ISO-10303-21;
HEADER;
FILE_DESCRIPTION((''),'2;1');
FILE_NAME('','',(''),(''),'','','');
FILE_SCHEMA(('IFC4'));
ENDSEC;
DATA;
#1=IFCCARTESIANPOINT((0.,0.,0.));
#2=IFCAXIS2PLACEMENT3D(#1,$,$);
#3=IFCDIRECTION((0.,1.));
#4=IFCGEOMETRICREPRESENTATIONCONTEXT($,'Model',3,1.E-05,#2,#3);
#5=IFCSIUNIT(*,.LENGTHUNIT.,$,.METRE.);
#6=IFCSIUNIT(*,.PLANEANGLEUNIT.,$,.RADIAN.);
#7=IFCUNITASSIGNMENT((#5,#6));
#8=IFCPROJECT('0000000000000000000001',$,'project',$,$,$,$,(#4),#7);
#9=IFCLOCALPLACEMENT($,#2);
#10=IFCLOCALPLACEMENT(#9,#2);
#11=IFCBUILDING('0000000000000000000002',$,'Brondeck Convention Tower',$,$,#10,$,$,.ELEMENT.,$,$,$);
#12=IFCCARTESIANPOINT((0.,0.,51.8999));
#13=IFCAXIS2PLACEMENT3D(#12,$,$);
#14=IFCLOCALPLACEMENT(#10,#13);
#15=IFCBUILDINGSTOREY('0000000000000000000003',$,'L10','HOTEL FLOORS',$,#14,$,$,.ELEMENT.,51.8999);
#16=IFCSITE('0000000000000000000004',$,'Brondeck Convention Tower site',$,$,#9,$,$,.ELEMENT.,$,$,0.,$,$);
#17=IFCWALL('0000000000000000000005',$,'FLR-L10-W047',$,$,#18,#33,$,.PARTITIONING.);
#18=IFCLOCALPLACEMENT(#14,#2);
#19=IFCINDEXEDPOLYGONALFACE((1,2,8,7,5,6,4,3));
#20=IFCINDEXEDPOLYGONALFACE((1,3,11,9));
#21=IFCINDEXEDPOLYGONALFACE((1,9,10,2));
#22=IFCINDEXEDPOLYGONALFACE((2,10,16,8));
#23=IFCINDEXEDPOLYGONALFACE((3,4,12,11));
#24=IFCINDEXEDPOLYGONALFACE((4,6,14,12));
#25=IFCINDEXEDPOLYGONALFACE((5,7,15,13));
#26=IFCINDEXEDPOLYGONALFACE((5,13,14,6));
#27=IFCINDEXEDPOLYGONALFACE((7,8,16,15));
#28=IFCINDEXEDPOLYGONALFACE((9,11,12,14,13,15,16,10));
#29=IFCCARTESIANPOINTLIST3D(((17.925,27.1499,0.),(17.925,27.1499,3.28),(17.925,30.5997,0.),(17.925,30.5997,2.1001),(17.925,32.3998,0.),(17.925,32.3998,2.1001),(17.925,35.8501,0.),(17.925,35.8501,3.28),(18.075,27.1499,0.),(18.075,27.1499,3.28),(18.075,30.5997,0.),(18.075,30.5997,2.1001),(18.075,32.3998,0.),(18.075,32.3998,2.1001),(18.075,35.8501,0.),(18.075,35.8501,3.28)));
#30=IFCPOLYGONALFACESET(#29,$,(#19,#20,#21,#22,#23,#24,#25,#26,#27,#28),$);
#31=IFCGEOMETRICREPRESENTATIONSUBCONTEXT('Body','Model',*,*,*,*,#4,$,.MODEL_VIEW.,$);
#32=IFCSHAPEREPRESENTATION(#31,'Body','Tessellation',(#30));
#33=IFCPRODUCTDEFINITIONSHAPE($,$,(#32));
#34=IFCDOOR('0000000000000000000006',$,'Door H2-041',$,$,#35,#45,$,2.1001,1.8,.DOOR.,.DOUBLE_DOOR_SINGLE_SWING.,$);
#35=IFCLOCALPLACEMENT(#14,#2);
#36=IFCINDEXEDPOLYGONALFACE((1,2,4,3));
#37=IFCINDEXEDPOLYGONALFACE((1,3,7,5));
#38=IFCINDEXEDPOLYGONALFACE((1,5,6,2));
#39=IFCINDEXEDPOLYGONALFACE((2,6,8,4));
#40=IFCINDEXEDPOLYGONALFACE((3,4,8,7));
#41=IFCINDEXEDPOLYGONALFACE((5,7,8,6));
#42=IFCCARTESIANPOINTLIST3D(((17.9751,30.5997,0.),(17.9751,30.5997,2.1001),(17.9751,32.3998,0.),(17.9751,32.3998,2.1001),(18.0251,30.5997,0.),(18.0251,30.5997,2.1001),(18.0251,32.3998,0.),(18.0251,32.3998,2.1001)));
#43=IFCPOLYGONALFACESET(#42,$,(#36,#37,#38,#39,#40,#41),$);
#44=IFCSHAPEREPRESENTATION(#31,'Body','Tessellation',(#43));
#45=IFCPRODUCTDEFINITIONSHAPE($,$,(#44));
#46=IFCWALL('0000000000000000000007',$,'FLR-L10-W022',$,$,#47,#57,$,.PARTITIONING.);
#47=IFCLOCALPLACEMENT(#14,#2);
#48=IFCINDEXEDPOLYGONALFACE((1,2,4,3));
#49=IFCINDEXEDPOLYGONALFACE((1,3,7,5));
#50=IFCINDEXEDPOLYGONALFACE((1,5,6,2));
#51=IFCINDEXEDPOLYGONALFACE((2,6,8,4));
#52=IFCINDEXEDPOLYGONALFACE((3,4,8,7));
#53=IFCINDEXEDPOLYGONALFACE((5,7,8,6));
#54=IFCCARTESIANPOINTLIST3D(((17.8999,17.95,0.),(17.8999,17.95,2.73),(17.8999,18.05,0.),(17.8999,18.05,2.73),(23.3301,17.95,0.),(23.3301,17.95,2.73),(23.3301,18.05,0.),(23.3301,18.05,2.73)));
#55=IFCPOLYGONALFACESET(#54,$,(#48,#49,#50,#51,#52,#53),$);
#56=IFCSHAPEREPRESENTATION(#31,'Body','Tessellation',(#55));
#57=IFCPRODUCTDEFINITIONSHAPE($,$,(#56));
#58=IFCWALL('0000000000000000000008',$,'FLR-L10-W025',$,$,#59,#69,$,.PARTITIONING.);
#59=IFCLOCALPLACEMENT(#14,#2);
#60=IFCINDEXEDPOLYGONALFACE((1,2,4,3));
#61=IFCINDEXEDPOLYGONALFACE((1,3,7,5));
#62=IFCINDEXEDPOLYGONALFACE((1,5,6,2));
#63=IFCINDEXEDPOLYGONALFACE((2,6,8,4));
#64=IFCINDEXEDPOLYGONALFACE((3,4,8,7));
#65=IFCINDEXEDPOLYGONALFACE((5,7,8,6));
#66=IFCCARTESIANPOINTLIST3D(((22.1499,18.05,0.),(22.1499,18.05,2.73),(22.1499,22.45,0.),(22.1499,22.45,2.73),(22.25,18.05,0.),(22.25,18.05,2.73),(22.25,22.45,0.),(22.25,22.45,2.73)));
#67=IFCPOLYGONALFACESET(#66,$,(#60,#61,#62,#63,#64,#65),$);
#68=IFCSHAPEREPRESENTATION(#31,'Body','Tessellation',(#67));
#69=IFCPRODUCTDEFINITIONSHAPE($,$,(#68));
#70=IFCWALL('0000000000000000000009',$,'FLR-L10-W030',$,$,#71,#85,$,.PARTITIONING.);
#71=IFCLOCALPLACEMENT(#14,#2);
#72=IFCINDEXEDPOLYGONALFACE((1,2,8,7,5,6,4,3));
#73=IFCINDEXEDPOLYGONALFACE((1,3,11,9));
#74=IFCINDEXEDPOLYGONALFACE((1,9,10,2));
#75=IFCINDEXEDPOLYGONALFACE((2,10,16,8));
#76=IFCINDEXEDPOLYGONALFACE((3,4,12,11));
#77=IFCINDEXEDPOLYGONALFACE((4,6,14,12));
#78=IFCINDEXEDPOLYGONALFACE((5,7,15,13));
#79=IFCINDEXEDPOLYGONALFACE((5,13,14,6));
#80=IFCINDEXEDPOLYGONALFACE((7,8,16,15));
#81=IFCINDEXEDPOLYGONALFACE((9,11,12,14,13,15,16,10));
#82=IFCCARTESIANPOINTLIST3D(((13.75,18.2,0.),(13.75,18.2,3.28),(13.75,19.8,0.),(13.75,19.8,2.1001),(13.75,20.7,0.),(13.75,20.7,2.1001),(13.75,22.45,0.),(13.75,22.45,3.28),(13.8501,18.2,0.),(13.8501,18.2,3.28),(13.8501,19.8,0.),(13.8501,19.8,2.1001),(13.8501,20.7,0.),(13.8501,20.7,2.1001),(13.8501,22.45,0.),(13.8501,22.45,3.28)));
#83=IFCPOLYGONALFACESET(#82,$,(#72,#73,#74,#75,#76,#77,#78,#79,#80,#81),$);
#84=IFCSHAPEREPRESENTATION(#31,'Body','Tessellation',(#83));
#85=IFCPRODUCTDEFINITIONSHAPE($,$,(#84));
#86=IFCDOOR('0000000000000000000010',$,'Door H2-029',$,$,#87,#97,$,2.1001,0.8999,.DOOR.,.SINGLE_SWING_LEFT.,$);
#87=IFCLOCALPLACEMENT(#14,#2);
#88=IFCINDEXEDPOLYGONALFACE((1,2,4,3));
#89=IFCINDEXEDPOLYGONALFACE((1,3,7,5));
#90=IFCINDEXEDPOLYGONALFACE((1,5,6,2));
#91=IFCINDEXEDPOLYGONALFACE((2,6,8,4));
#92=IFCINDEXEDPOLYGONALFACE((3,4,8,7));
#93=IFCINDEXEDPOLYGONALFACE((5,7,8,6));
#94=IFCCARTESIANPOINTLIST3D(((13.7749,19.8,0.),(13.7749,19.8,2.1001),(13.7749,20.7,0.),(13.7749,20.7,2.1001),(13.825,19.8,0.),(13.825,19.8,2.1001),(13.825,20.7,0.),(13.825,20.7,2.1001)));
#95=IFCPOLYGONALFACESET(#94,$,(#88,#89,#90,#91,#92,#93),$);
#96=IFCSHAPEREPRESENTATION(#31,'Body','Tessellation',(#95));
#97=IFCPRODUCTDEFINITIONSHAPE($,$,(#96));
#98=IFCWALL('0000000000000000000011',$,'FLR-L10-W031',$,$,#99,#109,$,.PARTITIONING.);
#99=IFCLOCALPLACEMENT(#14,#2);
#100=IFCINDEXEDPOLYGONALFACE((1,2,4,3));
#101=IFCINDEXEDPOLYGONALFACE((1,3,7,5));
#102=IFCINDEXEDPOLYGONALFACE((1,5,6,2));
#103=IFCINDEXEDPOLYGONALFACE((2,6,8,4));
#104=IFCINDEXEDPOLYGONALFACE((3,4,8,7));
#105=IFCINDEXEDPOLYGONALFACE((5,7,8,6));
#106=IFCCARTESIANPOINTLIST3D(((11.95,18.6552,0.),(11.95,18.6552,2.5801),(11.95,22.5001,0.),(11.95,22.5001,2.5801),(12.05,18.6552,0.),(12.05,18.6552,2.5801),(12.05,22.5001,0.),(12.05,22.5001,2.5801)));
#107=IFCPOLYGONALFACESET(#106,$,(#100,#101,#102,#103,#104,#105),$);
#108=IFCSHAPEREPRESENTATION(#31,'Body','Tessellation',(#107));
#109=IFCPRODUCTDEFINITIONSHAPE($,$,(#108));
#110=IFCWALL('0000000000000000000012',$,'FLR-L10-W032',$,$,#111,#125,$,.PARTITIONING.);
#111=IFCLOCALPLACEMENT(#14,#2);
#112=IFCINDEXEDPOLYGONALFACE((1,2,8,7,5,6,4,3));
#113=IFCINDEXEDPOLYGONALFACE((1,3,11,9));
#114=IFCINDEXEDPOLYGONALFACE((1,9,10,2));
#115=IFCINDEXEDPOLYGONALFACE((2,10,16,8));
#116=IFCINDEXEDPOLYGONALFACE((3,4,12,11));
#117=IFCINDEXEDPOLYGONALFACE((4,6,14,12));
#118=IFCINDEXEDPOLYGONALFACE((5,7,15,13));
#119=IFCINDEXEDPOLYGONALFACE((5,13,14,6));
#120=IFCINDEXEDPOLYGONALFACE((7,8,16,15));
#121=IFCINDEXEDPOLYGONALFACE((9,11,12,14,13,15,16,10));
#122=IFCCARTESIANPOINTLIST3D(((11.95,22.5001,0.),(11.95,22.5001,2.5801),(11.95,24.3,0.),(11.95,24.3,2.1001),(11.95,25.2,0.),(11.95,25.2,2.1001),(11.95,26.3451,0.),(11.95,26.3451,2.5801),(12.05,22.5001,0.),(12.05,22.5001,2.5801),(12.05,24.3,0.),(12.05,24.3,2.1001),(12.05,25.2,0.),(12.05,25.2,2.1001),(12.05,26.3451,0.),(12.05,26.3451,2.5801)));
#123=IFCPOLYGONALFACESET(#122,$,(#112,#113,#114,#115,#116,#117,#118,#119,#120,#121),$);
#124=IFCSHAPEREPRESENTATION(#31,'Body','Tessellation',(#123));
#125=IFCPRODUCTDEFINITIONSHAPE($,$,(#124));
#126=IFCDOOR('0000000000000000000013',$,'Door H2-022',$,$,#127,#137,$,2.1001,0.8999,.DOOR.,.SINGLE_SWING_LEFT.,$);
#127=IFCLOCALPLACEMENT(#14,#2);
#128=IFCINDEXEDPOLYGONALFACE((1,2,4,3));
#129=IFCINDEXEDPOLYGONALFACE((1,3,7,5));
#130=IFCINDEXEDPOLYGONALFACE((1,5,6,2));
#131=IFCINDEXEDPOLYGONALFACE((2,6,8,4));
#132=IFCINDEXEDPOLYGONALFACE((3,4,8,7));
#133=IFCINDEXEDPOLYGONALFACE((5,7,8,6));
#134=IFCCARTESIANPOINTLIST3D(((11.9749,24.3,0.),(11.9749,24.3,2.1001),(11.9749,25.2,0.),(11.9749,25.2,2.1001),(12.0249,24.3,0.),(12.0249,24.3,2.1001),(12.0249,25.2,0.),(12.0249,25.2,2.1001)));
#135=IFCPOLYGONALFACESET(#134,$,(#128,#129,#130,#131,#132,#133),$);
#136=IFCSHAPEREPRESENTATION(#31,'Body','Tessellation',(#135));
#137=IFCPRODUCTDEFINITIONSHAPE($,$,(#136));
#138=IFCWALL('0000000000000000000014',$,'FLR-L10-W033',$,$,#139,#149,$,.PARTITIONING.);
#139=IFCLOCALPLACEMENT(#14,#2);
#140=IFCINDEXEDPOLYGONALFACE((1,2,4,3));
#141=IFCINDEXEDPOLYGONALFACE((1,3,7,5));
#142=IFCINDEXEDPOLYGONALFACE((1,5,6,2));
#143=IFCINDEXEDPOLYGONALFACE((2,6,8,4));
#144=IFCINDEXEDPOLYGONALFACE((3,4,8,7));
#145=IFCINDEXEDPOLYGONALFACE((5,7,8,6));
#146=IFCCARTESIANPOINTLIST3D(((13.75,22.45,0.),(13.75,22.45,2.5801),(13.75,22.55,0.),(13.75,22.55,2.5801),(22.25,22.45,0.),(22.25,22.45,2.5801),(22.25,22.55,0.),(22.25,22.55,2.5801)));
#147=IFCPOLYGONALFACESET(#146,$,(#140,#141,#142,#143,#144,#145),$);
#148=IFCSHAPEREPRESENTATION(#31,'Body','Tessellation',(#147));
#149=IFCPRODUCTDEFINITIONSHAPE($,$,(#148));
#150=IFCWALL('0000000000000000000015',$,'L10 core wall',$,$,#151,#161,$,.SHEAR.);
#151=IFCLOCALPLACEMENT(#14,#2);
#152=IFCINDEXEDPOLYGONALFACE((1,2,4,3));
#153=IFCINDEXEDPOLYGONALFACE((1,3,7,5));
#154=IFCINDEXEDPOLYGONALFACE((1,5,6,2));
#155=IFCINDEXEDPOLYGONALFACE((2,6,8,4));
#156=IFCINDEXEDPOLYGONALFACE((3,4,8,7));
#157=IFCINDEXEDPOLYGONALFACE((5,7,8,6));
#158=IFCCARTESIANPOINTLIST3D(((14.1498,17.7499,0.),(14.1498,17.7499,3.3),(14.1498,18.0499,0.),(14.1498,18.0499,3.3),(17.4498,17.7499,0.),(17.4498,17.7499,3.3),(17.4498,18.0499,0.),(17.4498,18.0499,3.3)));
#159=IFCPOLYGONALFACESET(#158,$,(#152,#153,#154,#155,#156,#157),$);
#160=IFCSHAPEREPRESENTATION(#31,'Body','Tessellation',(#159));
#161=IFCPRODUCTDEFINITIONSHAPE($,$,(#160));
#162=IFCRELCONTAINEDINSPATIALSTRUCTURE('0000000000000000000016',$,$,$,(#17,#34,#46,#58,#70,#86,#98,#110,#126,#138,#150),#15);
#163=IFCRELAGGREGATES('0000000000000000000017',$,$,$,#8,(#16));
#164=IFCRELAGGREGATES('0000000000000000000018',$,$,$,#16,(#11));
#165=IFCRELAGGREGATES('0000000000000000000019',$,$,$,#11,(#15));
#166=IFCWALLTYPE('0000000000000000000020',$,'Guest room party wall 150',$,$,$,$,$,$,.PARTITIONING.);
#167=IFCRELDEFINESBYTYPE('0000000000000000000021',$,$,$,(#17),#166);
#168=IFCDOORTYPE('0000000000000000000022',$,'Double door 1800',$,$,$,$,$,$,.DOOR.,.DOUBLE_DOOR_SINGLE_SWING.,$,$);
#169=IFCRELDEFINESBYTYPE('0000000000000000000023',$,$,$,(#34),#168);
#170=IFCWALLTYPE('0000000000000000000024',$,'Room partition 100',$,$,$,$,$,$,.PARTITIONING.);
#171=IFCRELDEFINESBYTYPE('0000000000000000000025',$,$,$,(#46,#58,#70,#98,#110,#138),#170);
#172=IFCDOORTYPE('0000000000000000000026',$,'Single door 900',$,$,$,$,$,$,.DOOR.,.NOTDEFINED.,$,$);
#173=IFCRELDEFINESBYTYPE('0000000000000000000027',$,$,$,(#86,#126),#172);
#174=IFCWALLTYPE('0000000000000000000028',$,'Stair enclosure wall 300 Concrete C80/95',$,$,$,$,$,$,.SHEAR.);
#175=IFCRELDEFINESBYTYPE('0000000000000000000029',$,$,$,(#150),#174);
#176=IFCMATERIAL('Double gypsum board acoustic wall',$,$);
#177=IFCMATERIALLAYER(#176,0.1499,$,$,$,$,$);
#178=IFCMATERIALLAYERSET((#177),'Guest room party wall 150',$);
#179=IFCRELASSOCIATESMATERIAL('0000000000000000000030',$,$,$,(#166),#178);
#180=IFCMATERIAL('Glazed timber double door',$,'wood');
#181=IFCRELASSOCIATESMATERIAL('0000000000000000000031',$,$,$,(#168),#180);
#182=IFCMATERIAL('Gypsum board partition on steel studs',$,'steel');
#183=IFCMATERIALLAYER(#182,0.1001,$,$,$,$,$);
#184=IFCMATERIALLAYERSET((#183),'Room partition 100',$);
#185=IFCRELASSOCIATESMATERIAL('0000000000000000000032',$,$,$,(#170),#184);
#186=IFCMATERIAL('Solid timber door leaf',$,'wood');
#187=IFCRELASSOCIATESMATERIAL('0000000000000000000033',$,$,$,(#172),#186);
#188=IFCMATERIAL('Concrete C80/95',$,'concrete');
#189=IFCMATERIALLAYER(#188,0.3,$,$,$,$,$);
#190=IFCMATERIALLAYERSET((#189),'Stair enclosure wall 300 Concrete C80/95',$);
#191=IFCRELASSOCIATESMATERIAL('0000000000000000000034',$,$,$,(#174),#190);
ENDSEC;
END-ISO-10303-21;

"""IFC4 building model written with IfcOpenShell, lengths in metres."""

from ifc_helpers import new_model, si_unit, direction, frame, frame_2d, origin, place, context, subcontext, project, spatial, rectangle, extrude, material, layer, layer_set, type_object, element, fill, save


model = new_model("IFC4")

# Units and contexts
model_context = context("Model", 3, precision=1e-05, world=origin(), true_north=direction((0.0, 1.0)))
body_context = subcontext(model_context, "Body", "Model", "MODEL_VIEW")
ifc_project = project(units=[si_unit("LENGTHUNIT", "METRE"), si_unit("PLANEANGLEUNIT", "RADIAN")], contexts=[model_context])

# Site, building, storey
site_placement = place(None, origin())
site = spatial("IfcSite", under=ifc_project, at=site_placement, Name="Brondeck Convention Tower site", CompositionType="ELEMENT", RefElevation=0.0)
building_placement = place(site_placement, origin())
building = spatial("IfcBuilding", under=site, at=building_placement, Name="Brondeck Convention Tower", CompositionType="ELEMENT")
storey_placement = place(building_placement, frame((0.0, 0.0, 51.8999)))
storey = spatial("IfcBuildingStorey", under=building, at=storey_placement, Name="L10", Description="HOTEL FLOORS", CompositionType="ELEMENT", Elevation=51.8999)

# Shared definitions
ifc_material_1 = material(Name="Concrete C80/95", Category="concrete")

# Wall, opening, door
ifc_material_2 = material(Name="Double gypsum board acoustic wall")
ifc_layer_1 = layer(ifc_material_2, 0.1499)
ifc_layer_set_1 = layer_set([ifc_layer_1], Name="Guest room party wall 150")
wall_type_1 = type_object("IfcWallType", Name="Guest room party wall 150", PredefinedType="PARTITIONING", material=ifc_layer_set_1)
wall_1_placement = place(storey_placement, frame((18.0, 27.1499, 0.0), z_axis=(0.0, 0.0, 1.0), x_axis=(0.0, 1.0, 0.0)))
wall_1 = element("IfcWall", 1, at=wall_1_placement, inside=storey, type_object=wall_type_1, Name="FLR-L10-W047", PredefinedType="PARTITIONING", context=body_context, shape_type="SweptSolid", body=[
    extrude(rectangle(XDim=8.7002, YDim=0.1499, at=frame_2d((4.3501, 0.0))), origin(), (0.0, 0.0, 1.0), 3.28),
])
opening_1_placement = place(wall_1_placement, frame((3.45, 0.0, 0.0)))
opening_1 = element("IfcOpeningElement", 2, at=opening_1_placement, cuts=wall_1, PredefinedType="OPENING", context=body_context, shape_type="SweptSolid", body=[
    extrude(rectangle(XDim=1.8, YDim=2.1001, at=frame_2d((0.8999, 1.05))), frame((0.0, 0.085, 0.0), z_axis=(0.0, -1.0, 0.0), x_axis=(1.0, 0.0, 0.0)), (0.0, 0.0, 1.0), 0.1699),
])
ifc_material_3 = material(Name="Glazed timber double door", Category="wood")
door_type_1 = type_object("IfcDoorType", Name="Double door 1800", OperationType="DOUBLE_DOOR_SINGLE_SWING", PredefinedType="DOOR", material=ifc_material_3)
door_1_placement = place(opening_1_placement, origin())
door_1 = element("IfcDoor", 3, at=door_1_placement, inside=storey, type_object=door_type_1, Name="Door H2-041", OperationType="DOUBLE_DOOR_SINGLE_SWING", OverallHeight=2.1001, OverallWidth=1.8, PredefinedType="DOOR", context=body_context, shape_type="SweptSolid", body=[
    extrude(rectangle(XDim=1.8, YDim=2.1001, at=frame_2d((0.8999, 1.05))), frame((0.0, 0.0249, 0.0), z_axis=(0.0, -1.0, 0.0), x_axis=(1.0, 0.0, 0.0)), (0.0, 0.0, 1.0), 0.05),
])
fill(opening_1, door_1)

# Walls
ifc_material_4 = material(Name="Gypsum board partition on steel studs", Category="steel")
ifc_layer_2 = layer(ifc_material_4, 0.1001)
ifc_layer_set_2 = layer_set([ifc_layer_2], Name="Room partition 100")
wall_type_2 = type_object("IfcWallType", Name="Room partition 100", PredefinedType="PARTITIONING", material=ifc_layer_set_2)
wall_2_placement = place(storey_placement, frame((23.3301, 18.0, 0.0), z_axis=(0.0, 0.0, 1.0), x_axis=(-1.0, 0.0, 0.0)))
element("IfcWall", 4, at=wall_2_placement, inside=storey, type_object=wall_type_2, Name="FLR-L10-W022", PredefinedType="PARTITIONING", context=body_context, shape_type="SweptSolid", body=[
    extrude(rectangle(XDim=5.4302, YDim=0.1001, at=frame_2d((2.7151, 0.0))), origin(), (0.0, 0.0, 1.0), 2.73),
])
wall_3_placement = place(storey_placement, frame((22.2, 18.05, 0.0), z_axis=(0.0, 0.0, 1.0), x_axis=(0.0, 1.0, 0.0)))
element("IfcWall", 5, at=wall_3_placement, inside=storey, type_object=wall_type_2, Name="FLR-L10-W025", PredefinedType="PARTITIONING", context=body_context, shape_type="SweptSolid", body=[
    extrude(rectangle(XDim=4.3999, YDim=0.1001, at=frame_2d((2.2, 0.0))), origin(), (0.0, 0.0, 1.0), 2.73),
])

# Wall, opening, door
wall_4_placement = place(storey_placement, frame((13.8, 22.45, 0.0), z_axis=(0.0, 0.0, 1.0), x_axis=(0.0, -1.0, 0.0)))
wall_4 = element("IfcWall", 6, at=wall_4_placement, inside=storey, type_object=wall_type_2, Name="FLR-L10-W030", PredefinedType="PARTITIONING", context=body_context, shape_type="SweptSolid", body=[
    extrude(rectangle(XDim=4.25, YDim=0.1001, at=frame_2d((2.125, 0.0))), origin(), (0.0, 0.0, 1.0), 3.28),
])
opening_2_placement = place(wall_4_placement, frame((1.75, 0.0, 0.0)))
opening_2 = element("IfcOpeningElement", 7, at=opening_2_placement, cuts=wall_4, PredefinedType="OPENING", context=body_context, shape_type="SweptSolid", body=[
    extrude(rectangle(XDim=0.8999, YDim=2.1001, at=frame_2d((0.45, 1.05))), frame((0.0, 0.0601, 0.0), z_axis=(0.0, -1.0, 0.0), x_axis=(1.0, 0.0, 0.0)), (0.0, 0.0, 1.0), 0.1201),
])
ifc_material_5 = material(Name="Solid timber door leaf", Category="wood")
door_type_2 = type_object("IfcDoorType", Name="Single door 900", OperationType="NOTDEFINED", PredefinedType="DOOR", material=ifc_material_5)
door_2_placement = place(opening_2_placement, origin())
door_2 = element("IfcDoor", 8, at=door_2_placement, inside=storey, type_object=door_type_2, Name="Door H2-029", OperationType="SINGLE_SWING_LEFT", OverallHeight=2.1001, OverallWidth=0.8999, PredefinedType="DOOR", context=body_context, shape_type="SweptSolid", body=[
    extrude(rectangle(XDim=0.8999, YDim=2.1001, at=frame_2d((0.45, 1.05))), frame((0.0, 0.0249, 0.0), z_axis=(0.0, -1.0, 0.0), x_axis=(1.0, 0.0, 0.0)), (0.0, 0.0, 1.0), 0.05),
])
fill(opening_2, door_2)

# Wall
wall_5_placement = place(storey_placement, frame((12.0, 22.5, 0.0), z_axis=(0.0, 0.0, 1.0), x_axis=(0.0, -1.0, 0.0)))
element("IfcWall", 9, at=wall_5_placement, inside=storey, type_object=wall_type_2, Name="FLR-L10-W031", PredefinedType="PARTITIONING", context=body_context, shape_type="SweptSolid", body=[
    extrude(rectangle(XDim=3.845, YDim=0.1001, at=frame_2d((1.9224, 0.0))), origin(), (0.0, 0.0, 1.0), 2.5801),
])

# Wall, opening, door
wall_6_placement = place(storey_placement, frame((12.0, 26.345, 0.0), z_axis=(0.0, 0.0, 1.0), x_axis=(0.0, -1.0, 0.0)))
wall_6 = element("IfcWall", 10, at=wall_6_placement, inside=storey, type_object=wall_type_2, Name="FLR-L10-W032", PredefinedType="PARTITIONING", context=body_context, shape_type="SweptSolid", body=[
    extrude(rectangle(XDim=3.845, YDim=0.1001, at=frame_2d((1.9224, 0.0))), origin(), (0.0, 0.0, 1.0), 2.5801),
])
opening_3_placement = place(wall_6_placement, frame((1.145, 0.0, 0.0)))
opening_3 = element("IfcOpeningElement", 11, at=opening_3_placement, cuts=wall_6, PredefinedType="OPENING", context=body_context, shape_type="SweptSolid", body=[
    extrude(rectangle(XDim=0.8999, YDim=2.1001, at=frame_2d((0.45, 1.05))), frame((0.0, 0.0601, 0.0), z_axis=(0.0, -1.0, 0.0), x_axis=(1.0, 0.0, 0.0)), (0.0, 0.0, 1.0), 0.1201),
])
door_3_placement = place(opening_3_placement, origin())
door_3 = element("IfcDoor", 12, at=door_3_placement, inside=storey, type_object=door_type_2, Name="Door H2-022", OperationType="SINGLE_SWING_LEFT", OverallHeight=2.1001, OverallWidth=0.8999, PredefinedType="DOOR", context=body_context, shape_type="SweptSolid", body=[
    extrude(rectangle(XDim=0.8999, YDim=2.1001, at=frame_2d((0.45, 1.05))), frame((0.0, 0.0249, 0.0), z_axis=(0.0, -1.0, 0.0), x_axis=(1.0, 0.0, 0.0)), (0.0, 0.0, 1.0), 0.05),
])
fill(opening_3, door_3)

# Walls
wall_7_placement = place(storey_placement, frame((22.25, 22.5, 0.0), z_axis=(0.0, 0.0, 1.0), x_axis=(-1.0, 0.0, 0.0)))
element("IfcWall", 13, at=wall_7_placement, inside=storey, type_object=wall_type_2, Name="FLR-L10-W033", PredefinedType="PARTITIONING", context=body_context, shape_type="SweptSolid", body=[
    extrude(rectangle(XDim=8.5, YDim=0.1001, at=frame_2d((4.25, 0.0))), origin(), (0.0, 0.0, 1.0), 2.5801),
])
ifc_layer_3 = layer(ifc_material_1, 0.3)
ifc_layer_set_3 = layer_set([ifc_layer_3], Name="Stair enclosure wall 300 Concrete C80/95")
wall_type_3 = type_object("IfcWallType", Name="Stair enclosure wall 300 Concrete C80/95", PredefinedType="SHEAR", material=ifc_layer_set_3)
wall_8_placement = place(storey_placement, frame((14.1499, 17.8999, 0.0), z_axis=(0.0, 0.0, 1.0), x_axis=(1.0, 0.0, 0.0)))
element("IfcWall", 14, at=wall_8_placement, inside=storey, type_object=wall_type_3, Name="L10 core wall", PredefinedType="SHEAR", context=body_context, shape_type="SweptSolid", body=[
    extrude(rectangle(XDim=3.3, YDim=0.3, at=frame_2d((1.6499, 0.0))), origin(), (0.0, 0.0, 1.0), 3.3),
])

save(model, "model.ifc")
